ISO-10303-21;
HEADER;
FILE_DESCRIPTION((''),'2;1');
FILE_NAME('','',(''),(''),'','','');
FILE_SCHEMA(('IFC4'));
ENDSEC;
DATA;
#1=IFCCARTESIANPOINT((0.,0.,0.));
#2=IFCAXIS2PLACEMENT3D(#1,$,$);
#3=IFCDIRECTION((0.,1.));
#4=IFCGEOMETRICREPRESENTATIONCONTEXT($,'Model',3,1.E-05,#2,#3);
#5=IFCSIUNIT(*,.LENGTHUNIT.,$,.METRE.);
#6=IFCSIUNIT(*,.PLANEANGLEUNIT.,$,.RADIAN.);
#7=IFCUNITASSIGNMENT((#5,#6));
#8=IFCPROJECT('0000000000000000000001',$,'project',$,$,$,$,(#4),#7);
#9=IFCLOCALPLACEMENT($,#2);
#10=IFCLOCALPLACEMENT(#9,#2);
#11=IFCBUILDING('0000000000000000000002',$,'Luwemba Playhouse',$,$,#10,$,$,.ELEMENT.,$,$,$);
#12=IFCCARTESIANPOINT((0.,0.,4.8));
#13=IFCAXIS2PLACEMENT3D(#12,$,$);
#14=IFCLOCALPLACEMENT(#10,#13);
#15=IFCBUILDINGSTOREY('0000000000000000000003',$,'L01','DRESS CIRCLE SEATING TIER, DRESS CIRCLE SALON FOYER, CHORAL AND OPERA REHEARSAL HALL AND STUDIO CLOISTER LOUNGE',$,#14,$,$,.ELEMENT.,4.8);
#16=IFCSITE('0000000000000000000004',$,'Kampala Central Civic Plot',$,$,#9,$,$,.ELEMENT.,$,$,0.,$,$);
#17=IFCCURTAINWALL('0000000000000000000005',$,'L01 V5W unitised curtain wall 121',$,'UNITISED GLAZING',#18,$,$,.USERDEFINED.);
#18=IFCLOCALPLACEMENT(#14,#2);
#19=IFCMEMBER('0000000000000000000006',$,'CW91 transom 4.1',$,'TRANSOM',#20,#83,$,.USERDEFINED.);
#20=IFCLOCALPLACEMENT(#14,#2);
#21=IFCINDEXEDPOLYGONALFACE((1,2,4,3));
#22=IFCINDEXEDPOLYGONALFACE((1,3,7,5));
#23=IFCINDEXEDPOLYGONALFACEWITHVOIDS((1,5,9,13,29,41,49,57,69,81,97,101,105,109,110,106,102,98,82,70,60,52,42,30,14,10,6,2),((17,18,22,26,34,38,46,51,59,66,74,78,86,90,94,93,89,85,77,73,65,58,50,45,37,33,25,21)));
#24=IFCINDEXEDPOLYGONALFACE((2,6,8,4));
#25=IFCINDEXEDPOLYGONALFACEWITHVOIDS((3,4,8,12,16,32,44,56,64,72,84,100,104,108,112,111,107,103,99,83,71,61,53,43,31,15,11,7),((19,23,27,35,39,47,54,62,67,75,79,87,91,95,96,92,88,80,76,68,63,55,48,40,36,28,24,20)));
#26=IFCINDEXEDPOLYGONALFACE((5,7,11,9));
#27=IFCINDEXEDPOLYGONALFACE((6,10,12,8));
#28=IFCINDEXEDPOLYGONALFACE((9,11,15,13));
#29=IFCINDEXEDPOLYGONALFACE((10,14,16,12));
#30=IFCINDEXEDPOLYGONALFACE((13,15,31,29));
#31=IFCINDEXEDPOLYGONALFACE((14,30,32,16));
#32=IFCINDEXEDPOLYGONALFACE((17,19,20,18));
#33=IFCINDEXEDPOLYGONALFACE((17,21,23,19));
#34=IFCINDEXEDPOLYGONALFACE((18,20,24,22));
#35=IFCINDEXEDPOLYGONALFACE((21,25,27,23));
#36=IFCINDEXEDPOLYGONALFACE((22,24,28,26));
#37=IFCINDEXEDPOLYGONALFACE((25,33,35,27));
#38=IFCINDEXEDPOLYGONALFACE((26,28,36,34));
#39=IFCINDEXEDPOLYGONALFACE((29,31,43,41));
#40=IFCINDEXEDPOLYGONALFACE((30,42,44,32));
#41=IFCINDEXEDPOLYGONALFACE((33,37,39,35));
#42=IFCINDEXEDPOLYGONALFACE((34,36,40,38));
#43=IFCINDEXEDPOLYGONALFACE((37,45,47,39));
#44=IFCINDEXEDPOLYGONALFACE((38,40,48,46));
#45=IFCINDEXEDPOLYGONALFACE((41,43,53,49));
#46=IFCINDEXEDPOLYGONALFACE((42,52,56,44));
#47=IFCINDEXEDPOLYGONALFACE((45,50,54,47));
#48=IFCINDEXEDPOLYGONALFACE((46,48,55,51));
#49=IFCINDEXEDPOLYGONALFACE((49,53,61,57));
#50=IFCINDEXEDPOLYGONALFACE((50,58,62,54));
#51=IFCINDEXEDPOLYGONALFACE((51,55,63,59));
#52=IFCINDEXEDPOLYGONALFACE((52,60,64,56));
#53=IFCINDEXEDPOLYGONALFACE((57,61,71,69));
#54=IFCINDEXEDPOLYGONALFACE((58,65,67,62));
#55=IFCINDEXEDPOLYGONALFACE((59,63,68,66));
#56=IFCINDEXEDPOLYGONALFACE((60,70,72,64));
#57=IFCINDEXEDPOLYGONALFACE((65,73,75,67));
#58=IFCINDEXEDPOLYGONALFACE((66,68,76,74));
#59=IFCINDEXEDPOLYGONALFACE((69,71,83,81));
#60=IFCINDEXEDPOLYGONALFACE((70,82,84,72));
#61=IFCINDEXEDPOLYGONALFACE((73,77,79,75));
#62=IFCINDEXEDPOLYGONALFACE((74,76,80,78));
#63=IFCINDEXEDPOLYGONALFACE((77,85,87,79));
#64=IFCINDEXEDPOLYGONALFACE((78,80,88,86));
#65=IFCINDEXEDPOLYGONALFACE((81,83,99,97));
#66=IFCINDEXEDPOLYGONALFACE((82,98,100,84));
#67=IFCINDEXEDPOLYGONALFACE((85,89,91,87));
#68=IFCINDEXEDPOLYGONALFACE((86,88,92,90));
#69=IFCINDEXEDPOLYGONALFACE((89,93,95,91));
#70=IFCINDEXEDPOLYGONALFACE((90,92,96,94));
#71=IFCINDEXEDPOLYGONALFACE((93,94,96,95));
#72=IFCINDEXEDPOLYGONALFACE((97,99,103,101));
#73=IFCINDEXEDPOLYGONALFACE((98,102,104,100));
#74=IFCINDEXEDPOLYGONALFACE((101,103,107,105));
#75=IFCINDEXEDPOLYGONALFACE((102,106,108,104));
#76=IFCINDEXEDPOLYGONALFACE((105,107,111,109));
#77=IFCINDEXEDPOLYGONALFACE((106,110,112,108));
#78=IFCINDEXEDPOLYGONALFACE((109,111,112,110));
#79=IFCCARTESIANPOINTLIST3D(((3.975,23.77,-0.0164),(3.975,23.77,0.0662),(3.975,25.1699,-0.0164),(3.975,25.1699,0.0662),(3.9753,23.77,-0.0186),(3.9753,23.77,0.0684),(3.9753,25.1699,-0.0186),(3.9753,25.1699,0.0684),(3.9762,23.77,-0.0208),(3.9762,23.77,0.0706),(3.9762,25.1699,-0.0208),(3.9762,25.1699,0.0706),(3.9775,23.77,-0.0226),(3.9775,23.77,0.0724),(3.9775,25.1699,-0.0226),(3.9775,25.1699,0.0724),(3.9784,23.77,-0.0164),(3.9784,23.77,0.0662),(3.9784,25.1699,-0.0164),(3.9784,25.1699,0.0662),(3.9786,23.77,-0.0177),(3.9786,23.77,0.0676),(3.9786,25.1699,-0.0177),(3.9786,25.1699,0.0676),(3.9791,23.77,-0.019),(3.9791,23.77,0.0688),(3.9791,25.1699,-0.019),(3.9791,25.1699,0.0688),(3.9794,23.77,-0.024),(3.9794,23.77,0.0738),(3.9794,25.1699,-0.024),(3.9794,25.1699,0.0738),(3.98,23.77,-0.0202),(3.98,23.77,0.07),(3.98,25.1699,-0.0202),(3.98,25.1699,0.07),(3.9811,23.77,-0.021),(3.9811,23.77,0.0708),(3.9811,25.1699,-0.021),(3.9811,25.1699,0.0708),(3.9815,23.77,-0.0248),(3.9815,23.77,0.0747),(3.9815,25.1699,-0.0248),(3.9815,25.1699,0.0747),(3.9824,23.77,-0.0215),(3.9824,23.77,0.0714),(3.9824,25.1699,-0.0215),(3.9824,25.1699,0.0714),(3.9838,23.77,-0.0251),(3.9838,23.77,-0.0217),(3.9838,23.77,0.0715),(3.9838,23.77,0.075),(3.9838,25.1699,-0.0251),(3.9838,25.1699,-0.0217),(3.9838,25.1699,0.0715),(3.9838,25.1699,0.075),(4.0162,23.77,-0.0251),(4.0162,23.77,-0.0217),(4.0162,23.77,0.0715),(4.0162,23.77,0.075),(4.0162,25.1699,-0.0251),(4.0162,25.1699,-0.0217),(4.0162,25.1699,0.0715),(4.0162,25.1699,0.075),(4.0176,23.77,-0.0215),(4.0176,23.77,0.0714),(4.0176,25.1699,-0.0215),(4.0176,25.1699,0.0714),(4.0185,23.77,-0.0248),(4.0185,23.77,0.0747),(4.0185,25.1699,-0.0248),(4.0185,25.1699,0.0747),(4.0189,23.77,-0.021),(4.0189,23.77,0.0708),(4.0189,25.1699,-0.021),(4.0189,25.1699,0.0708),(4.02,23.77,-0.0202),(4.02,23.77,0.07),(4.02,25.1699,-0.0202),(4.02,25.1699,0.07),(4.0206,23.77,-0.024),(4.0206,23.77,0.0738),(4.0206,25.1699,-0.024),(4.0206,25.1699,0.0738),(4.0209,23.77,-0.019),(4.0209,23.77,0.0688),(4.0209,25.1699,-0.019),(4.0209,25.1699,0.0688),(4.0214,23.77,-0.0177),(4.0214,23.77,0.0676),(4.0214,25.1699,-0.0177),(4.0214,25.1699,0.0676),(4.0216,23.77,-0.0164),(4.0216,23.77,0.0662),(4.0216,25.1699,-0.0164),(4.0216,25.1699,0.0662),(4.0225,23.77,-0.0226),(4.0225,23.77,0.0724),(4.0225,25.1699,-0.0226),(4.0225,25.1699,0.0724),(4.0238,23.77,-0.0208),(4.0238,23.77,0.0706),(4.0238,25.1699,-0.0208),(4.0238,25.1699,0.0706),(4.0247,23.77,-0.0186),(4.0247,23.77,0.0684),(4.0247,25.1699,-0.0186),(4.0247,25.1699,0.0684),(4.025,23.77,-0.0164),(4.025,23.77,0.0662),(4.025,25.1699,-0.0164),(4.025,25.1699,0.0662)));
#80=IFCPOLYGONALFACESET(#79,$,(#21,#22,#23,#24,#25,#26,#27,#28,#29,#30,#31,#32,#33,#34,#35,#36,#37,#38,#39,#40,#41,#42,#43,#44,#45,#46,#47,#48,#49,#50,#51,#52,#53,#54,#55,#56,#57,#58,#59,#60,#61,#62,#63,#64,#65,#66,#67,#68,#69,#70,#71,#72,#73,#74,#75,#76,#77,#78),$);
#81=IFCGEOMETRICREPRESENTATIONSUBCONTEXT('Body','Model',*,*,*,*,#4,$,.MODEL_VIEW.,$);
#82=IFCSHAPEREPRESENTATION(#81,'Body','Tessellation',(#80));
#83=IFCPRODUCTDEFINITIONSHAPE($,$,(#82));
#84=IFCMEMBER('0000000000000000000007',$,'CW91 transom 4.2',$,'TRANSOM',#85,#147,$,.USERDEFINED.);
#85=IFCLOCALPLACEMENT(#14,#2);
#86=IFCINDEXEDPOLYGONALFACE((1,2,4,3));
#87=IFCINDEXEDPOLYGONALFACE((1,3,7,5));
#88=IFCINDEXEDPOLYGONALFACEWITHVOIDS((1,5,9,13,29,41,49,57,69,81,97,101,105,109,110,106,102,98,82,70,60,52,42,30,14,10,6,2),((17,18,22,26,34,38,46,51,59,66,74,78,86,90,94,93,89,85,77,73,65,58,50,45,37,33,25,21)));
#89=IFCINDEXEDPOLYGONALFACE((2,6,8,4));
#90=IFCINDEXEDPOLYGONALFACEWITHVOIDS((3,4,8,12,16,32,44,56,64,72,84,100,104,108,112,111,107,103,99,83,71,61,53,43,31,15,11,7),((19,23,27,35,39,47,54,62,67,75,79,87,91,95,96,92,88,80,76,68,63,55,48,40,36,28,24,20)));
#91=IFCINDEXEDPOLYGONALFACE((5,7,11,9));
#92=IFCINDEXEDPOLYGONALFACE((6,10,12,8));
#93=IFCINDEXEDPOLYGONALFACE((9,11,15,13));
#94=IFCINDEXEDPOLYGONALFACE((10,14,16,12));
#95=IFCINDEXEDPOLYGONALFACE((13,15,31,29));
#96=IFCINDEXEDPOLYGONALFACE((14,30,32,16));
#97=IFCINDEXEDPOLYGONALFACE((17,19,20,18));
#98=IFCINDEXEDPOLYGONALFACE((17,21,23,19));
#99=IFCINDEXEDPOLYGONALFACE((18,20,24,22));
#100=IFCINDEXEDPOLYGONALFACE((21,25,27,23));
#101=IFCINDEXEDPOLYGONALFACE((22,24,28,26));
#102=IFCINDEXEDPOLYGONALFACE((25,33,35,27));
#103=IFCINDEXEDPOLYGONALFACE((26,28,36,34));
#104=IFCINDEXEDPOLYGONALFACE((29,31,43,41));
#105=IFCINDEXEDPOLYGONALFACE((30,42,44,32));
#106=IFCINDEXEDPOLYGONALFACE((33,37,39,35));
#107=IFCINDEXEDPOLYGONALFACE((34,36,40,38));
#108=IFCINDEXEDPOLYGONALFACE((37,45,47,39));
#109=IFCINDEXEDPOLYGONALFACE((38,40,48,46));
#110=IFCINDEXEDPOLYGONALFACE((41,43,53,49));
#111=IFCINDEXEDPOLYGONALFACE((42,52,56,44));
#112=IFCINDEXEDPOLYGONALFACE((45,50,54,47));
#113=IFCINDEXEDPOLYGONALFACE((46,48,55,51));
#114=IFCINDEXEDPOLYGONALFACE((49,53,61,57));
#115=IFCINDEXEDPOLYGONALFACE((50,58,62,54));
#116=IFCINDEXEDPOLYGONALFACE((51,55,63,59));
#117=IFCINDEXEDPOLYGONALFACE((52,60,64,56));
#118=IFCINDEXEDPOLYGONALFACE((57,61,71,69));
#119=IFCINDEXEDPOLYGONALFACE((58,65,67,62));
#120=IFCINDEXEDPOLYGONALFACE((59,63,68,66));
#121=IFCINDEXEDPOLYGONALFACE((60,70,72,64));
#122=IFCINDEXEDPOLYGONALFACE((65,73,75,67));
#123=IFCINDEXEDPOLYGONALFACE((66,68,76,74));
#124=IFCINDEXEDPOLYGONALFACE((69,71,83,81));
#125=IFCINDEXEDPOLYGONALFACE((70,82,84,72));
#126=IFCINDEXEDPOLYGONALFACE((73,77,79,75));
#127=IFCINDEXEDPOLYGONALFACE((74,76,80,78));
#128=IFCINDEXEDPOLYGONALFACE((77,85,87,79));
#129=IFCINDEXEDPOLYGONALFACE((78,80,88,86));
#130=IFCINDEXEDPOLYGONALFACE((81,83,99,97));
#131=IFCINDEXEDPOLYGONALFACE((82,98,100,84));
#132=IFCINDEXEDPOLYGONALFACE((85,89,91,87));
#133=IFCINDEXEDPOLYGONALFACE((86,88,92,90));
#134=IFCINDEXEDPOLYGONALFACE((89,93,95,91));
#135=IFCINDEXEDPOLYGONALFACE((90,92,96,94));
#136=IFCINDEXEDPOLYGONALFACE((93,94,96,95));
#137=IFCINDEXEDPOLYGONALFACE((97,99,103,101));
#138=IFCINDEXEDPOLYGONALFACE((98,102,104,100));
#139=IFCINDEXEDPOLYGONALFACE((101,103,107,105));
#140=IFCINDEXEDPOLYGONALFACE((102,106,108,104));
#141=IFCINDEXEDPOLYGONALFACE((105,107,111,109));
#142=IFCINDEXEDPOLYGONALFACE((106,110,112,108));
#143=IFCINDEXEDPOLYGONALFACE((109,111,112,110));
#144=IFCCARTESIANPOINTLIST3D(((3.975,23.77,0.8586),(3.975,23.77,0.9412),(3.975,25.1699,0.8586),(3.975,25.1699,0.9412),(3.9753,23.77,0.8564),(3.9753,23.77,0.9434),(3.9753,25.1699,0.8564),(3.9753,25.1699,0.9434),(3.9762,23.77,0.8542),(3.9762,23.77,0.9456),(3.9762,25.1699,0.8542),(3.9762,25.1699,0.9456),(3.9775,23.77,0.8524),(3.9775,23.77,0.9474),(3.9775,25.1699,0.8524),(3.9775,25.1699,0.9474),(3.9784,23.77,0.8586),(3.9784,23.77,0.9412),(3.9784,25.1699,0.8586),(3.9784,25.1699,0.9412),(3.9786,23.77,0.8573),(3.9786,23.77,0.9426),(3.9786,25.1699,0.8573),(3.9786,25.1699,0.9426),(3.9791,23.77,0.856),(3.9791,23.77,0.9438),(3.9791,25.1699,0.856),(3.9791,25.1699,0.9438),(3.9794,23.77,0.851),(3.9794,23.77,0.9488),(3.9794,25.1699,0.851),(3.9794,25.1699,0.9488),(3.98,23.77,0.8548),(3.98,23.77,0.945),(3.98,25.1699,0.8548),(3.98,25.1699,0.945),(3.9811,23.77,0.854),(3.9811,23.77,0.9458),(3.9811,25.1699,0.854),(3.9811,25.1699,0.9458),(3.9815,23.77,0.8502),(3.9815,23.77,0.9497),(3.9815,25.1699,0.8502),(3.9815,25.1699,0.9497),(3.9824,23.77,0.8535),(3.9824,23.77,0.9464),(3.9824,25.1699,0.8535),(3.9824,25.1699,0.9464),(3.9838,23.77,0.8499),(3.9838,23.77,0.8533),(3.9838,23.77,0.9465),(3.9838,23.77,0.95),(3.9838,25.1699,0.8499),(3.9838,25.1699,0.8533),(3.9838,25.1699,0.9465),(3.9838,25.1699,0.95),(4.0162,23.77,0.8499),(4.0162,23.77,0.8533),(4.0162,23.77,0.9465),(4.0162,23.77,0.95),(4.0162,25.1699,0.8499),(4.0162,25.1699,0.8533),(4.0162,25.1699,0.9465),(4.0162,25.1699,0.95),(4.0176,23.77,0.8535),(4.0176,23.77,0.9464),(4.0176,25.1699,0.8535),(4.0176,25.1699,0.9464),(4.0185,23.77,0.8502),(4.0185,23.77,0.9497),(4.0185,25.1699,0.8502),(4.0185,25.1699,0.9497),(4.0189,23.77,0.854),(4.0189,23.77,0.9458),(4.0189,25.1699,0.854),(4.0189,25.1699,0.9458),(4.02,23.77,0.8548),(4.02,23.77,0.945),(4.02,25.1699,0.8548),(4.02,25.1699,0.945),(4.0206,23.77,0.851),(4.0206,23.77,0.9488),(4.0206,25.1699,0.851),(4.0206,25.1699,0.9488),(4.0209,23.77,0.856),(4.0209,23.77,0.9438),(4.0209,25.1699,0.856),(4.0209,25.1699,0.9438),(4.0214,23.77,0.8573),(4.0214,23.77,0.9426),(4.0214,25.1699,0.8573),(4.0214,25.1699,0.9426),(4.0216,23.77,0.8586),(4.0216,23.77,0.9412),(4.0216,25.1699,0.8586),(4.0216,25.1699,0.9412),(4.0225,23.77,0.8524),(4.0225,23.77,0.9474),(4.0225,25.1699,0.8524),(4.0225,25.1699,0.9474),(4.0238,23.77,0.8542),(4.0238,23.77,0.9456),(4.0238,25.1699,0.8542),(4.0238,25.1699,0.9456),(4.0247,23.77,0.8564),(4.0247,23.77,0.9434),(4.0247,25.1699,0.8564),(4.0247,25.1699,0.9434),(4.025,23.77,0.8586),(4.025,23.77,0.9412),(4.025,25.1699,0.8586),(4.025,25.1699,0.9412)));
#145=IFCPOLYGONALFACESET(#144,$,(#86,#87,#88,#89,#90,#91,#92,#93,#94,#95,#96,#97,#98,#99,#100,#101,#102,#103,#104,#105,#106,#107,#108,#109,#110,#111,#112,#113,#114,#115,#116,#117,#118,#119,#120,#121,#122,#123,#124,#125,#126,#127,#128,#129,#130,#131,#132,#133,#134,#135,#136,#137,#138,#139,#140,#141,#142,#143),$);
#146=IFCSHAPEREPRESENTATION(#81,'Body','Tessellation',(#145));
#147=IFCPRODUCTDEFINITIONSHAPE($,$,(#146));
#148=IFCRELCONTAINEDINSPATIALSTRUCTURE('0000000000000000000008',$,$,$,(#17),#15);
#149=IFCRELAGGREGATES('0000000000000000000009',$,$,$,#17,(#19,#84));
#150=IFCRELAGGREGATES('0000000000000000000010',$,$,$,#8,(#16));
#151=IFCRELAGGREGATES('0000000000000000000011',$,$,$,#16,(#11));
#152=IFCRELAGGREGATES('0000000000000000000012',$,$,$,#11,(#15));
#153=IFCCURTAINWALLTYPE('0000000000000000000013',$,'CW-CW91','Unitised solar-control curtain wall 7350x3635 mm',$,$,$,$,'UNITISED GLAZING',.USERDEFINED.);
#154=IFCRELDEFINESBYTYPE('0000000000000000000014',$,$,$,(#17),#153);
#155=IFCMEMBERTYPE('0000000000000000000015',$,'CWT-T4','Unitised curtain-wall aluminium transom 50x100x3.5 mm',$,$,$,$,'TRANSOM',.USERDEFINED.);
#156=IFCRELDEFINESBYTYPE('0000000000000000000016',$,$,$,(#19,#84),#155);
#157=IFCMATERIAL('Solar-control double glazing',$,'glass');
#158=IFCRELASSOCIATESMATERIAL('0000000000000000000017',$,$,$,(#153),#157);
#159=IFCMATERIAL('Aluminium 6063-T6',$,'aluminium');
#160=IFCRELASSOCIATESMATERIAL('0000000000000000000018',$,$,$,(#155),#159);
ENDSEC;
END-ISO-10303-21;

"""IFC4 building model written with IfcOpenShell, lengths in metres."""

from ifc_helpers import new_model, si_unit, direction, frame, origin, origin_2d, place, context, subcontext, project, spatial, hollow_rectangle, extrude, material, material_profile, profile_set, type_object, element, aggregate, save


model = new_model("IFC4")

# Units and contexts
model_context = context("Model", 3, precision=1e-05, world=origin(), true_north=direction((0.0, 1.0)))
body_context = subcontext(model_context, "Body", "Model", "MODEL_VIEW")
ifc_project = project(units=[si_unit("LENGTHUNIT", "METRE"), si_unit("PLANEANGLEUNIT", "RADIAN")], contexts=[model_context])

# Site, building, storey
site_placement = place(None, origin())
site = spatial("IfcSite", under=ifc_project, at=site_placement, Name="Kampala Central Civic Plot", CompositionType="ELEMENT", RefElevation=0.0)
building_placement = place(site_placement, origin())
building = spatial("IfcBuilding", under=site, at=building_placement, Name="Luwemba Playhouse", CompositionType="ELEMENT")
storey_placement = place(building_placement, frame((0.0, 0.0, 4.8)))
storey = spatial("IfcBuildingStorey", under=building, at=storey_placement, Name="L01", Description="DRESS CIRCLE SEATING TIER, DRESS CIRCLE SALON FOYER, CHORAL AND OPERA REHEARSAL HALL AND STUDIO CLOISTER LOUNGE", CompositionType="ELEMENT", Elevation=4.8)

# Shared definitions
ifc_material_1 = material(Name="Solar-control double glazing", Category="glass")
ifc_material_2 = material(Name="Aluminium 6063-T6", Category="aluminium")

# Curtain wall
curtain_wall_type_1 = type_object("IfcCurtainWallType", Name="CW-CW91", Description="Unitised solar-control curtain wall 7350x3635 mm", ElementType="UNITISED GLAZING", PredefinedType="USERDEFINED", material=ifc_material_1)
curtain_wall_1_placement = place(storey_placement, origin())
curtain_wall_1 = element("IfcCurtainWall", 1, at=curtain_wall_1_placement, inside=storey, type_object=curtain_wall_type_1, Name="L01 V5W unitised curtain wall 121", ObjectType="UNITISED GLAZING", PredefinedType="USERDEFINED")

# Members
ifc_material_profile_1 = material_profile(ifc_material_2, hollow_rectangle(XDim=0.05, YDim=0.1001, WallThickness=0.0034, InnerFilletRadius=0.0054, OuterFilletRadius=0.0088, at=origin_2d()))
ifc_profile_set_1 = profile_set([ifc_material_profile_1], Name="Aluminium 6063-T6")
member_type_1 = type_object("IfcMemberType", Name="CWT-T4", Description="Unitised curtain-wall aluminium transom 50x100x3.5 mm", ElementType="TRANSOM", PredefinedType="USERDEFINED", material=ifc_profile_set_1)
member_1_placement = place(storey_placement, frame((4.0, 23.77, 0.0249), z_axis=(0.0, 1.0, 0.0), x_axis=(-1.0, 0.0, 0.0)))
member_1 = element("IfcMember", 2, at=member_1_placement, type_object=member_type_1, Name="CW91 transom 4.1", ObjectType="TRANSOM", PredefinedType="USERDEFINED", context=body_context, shape_type="SweptSolid", body=[
    extrude(hollow_rectangle(XDim=0.05, YDim=0.1001, WallThickness=0.0034, InnerFilletRadius=0.0054, OuterFilletRadius=0.0088, at=origin_2d()), origin(), (0.0, 0.0, 1.0), 1.3999),
])
member_2_placement = place(storey_placement, frame((4.0, 23.77, 0.8999), z_axis=(0.0, 1.0, 0.0), x_axis=(-1.0, 0.0, 0.0)))
member_2 = element("IfcMember", 3, at=member_2_placement, type_object=member_type_1, Name="CW91 transom 4.2", ObjectType="TRANSOM", PredefinedType="USERDEFINED", context=body_context, shape_type="SweptSolid", body=[
    extrude(hollow_rectangle(XDim=0.05, YDim=0.1001, WallThickness=0.0034, InnerFilletRadius=0.0054, OuterFilletRadius=0.0088, at=origin_2d()), origin(), (0.0, 0.0, 1.0), 1.3999),
])

aggregate(curtain_wall_1, [member_1, member_2])

save(model, "model.ifc")
